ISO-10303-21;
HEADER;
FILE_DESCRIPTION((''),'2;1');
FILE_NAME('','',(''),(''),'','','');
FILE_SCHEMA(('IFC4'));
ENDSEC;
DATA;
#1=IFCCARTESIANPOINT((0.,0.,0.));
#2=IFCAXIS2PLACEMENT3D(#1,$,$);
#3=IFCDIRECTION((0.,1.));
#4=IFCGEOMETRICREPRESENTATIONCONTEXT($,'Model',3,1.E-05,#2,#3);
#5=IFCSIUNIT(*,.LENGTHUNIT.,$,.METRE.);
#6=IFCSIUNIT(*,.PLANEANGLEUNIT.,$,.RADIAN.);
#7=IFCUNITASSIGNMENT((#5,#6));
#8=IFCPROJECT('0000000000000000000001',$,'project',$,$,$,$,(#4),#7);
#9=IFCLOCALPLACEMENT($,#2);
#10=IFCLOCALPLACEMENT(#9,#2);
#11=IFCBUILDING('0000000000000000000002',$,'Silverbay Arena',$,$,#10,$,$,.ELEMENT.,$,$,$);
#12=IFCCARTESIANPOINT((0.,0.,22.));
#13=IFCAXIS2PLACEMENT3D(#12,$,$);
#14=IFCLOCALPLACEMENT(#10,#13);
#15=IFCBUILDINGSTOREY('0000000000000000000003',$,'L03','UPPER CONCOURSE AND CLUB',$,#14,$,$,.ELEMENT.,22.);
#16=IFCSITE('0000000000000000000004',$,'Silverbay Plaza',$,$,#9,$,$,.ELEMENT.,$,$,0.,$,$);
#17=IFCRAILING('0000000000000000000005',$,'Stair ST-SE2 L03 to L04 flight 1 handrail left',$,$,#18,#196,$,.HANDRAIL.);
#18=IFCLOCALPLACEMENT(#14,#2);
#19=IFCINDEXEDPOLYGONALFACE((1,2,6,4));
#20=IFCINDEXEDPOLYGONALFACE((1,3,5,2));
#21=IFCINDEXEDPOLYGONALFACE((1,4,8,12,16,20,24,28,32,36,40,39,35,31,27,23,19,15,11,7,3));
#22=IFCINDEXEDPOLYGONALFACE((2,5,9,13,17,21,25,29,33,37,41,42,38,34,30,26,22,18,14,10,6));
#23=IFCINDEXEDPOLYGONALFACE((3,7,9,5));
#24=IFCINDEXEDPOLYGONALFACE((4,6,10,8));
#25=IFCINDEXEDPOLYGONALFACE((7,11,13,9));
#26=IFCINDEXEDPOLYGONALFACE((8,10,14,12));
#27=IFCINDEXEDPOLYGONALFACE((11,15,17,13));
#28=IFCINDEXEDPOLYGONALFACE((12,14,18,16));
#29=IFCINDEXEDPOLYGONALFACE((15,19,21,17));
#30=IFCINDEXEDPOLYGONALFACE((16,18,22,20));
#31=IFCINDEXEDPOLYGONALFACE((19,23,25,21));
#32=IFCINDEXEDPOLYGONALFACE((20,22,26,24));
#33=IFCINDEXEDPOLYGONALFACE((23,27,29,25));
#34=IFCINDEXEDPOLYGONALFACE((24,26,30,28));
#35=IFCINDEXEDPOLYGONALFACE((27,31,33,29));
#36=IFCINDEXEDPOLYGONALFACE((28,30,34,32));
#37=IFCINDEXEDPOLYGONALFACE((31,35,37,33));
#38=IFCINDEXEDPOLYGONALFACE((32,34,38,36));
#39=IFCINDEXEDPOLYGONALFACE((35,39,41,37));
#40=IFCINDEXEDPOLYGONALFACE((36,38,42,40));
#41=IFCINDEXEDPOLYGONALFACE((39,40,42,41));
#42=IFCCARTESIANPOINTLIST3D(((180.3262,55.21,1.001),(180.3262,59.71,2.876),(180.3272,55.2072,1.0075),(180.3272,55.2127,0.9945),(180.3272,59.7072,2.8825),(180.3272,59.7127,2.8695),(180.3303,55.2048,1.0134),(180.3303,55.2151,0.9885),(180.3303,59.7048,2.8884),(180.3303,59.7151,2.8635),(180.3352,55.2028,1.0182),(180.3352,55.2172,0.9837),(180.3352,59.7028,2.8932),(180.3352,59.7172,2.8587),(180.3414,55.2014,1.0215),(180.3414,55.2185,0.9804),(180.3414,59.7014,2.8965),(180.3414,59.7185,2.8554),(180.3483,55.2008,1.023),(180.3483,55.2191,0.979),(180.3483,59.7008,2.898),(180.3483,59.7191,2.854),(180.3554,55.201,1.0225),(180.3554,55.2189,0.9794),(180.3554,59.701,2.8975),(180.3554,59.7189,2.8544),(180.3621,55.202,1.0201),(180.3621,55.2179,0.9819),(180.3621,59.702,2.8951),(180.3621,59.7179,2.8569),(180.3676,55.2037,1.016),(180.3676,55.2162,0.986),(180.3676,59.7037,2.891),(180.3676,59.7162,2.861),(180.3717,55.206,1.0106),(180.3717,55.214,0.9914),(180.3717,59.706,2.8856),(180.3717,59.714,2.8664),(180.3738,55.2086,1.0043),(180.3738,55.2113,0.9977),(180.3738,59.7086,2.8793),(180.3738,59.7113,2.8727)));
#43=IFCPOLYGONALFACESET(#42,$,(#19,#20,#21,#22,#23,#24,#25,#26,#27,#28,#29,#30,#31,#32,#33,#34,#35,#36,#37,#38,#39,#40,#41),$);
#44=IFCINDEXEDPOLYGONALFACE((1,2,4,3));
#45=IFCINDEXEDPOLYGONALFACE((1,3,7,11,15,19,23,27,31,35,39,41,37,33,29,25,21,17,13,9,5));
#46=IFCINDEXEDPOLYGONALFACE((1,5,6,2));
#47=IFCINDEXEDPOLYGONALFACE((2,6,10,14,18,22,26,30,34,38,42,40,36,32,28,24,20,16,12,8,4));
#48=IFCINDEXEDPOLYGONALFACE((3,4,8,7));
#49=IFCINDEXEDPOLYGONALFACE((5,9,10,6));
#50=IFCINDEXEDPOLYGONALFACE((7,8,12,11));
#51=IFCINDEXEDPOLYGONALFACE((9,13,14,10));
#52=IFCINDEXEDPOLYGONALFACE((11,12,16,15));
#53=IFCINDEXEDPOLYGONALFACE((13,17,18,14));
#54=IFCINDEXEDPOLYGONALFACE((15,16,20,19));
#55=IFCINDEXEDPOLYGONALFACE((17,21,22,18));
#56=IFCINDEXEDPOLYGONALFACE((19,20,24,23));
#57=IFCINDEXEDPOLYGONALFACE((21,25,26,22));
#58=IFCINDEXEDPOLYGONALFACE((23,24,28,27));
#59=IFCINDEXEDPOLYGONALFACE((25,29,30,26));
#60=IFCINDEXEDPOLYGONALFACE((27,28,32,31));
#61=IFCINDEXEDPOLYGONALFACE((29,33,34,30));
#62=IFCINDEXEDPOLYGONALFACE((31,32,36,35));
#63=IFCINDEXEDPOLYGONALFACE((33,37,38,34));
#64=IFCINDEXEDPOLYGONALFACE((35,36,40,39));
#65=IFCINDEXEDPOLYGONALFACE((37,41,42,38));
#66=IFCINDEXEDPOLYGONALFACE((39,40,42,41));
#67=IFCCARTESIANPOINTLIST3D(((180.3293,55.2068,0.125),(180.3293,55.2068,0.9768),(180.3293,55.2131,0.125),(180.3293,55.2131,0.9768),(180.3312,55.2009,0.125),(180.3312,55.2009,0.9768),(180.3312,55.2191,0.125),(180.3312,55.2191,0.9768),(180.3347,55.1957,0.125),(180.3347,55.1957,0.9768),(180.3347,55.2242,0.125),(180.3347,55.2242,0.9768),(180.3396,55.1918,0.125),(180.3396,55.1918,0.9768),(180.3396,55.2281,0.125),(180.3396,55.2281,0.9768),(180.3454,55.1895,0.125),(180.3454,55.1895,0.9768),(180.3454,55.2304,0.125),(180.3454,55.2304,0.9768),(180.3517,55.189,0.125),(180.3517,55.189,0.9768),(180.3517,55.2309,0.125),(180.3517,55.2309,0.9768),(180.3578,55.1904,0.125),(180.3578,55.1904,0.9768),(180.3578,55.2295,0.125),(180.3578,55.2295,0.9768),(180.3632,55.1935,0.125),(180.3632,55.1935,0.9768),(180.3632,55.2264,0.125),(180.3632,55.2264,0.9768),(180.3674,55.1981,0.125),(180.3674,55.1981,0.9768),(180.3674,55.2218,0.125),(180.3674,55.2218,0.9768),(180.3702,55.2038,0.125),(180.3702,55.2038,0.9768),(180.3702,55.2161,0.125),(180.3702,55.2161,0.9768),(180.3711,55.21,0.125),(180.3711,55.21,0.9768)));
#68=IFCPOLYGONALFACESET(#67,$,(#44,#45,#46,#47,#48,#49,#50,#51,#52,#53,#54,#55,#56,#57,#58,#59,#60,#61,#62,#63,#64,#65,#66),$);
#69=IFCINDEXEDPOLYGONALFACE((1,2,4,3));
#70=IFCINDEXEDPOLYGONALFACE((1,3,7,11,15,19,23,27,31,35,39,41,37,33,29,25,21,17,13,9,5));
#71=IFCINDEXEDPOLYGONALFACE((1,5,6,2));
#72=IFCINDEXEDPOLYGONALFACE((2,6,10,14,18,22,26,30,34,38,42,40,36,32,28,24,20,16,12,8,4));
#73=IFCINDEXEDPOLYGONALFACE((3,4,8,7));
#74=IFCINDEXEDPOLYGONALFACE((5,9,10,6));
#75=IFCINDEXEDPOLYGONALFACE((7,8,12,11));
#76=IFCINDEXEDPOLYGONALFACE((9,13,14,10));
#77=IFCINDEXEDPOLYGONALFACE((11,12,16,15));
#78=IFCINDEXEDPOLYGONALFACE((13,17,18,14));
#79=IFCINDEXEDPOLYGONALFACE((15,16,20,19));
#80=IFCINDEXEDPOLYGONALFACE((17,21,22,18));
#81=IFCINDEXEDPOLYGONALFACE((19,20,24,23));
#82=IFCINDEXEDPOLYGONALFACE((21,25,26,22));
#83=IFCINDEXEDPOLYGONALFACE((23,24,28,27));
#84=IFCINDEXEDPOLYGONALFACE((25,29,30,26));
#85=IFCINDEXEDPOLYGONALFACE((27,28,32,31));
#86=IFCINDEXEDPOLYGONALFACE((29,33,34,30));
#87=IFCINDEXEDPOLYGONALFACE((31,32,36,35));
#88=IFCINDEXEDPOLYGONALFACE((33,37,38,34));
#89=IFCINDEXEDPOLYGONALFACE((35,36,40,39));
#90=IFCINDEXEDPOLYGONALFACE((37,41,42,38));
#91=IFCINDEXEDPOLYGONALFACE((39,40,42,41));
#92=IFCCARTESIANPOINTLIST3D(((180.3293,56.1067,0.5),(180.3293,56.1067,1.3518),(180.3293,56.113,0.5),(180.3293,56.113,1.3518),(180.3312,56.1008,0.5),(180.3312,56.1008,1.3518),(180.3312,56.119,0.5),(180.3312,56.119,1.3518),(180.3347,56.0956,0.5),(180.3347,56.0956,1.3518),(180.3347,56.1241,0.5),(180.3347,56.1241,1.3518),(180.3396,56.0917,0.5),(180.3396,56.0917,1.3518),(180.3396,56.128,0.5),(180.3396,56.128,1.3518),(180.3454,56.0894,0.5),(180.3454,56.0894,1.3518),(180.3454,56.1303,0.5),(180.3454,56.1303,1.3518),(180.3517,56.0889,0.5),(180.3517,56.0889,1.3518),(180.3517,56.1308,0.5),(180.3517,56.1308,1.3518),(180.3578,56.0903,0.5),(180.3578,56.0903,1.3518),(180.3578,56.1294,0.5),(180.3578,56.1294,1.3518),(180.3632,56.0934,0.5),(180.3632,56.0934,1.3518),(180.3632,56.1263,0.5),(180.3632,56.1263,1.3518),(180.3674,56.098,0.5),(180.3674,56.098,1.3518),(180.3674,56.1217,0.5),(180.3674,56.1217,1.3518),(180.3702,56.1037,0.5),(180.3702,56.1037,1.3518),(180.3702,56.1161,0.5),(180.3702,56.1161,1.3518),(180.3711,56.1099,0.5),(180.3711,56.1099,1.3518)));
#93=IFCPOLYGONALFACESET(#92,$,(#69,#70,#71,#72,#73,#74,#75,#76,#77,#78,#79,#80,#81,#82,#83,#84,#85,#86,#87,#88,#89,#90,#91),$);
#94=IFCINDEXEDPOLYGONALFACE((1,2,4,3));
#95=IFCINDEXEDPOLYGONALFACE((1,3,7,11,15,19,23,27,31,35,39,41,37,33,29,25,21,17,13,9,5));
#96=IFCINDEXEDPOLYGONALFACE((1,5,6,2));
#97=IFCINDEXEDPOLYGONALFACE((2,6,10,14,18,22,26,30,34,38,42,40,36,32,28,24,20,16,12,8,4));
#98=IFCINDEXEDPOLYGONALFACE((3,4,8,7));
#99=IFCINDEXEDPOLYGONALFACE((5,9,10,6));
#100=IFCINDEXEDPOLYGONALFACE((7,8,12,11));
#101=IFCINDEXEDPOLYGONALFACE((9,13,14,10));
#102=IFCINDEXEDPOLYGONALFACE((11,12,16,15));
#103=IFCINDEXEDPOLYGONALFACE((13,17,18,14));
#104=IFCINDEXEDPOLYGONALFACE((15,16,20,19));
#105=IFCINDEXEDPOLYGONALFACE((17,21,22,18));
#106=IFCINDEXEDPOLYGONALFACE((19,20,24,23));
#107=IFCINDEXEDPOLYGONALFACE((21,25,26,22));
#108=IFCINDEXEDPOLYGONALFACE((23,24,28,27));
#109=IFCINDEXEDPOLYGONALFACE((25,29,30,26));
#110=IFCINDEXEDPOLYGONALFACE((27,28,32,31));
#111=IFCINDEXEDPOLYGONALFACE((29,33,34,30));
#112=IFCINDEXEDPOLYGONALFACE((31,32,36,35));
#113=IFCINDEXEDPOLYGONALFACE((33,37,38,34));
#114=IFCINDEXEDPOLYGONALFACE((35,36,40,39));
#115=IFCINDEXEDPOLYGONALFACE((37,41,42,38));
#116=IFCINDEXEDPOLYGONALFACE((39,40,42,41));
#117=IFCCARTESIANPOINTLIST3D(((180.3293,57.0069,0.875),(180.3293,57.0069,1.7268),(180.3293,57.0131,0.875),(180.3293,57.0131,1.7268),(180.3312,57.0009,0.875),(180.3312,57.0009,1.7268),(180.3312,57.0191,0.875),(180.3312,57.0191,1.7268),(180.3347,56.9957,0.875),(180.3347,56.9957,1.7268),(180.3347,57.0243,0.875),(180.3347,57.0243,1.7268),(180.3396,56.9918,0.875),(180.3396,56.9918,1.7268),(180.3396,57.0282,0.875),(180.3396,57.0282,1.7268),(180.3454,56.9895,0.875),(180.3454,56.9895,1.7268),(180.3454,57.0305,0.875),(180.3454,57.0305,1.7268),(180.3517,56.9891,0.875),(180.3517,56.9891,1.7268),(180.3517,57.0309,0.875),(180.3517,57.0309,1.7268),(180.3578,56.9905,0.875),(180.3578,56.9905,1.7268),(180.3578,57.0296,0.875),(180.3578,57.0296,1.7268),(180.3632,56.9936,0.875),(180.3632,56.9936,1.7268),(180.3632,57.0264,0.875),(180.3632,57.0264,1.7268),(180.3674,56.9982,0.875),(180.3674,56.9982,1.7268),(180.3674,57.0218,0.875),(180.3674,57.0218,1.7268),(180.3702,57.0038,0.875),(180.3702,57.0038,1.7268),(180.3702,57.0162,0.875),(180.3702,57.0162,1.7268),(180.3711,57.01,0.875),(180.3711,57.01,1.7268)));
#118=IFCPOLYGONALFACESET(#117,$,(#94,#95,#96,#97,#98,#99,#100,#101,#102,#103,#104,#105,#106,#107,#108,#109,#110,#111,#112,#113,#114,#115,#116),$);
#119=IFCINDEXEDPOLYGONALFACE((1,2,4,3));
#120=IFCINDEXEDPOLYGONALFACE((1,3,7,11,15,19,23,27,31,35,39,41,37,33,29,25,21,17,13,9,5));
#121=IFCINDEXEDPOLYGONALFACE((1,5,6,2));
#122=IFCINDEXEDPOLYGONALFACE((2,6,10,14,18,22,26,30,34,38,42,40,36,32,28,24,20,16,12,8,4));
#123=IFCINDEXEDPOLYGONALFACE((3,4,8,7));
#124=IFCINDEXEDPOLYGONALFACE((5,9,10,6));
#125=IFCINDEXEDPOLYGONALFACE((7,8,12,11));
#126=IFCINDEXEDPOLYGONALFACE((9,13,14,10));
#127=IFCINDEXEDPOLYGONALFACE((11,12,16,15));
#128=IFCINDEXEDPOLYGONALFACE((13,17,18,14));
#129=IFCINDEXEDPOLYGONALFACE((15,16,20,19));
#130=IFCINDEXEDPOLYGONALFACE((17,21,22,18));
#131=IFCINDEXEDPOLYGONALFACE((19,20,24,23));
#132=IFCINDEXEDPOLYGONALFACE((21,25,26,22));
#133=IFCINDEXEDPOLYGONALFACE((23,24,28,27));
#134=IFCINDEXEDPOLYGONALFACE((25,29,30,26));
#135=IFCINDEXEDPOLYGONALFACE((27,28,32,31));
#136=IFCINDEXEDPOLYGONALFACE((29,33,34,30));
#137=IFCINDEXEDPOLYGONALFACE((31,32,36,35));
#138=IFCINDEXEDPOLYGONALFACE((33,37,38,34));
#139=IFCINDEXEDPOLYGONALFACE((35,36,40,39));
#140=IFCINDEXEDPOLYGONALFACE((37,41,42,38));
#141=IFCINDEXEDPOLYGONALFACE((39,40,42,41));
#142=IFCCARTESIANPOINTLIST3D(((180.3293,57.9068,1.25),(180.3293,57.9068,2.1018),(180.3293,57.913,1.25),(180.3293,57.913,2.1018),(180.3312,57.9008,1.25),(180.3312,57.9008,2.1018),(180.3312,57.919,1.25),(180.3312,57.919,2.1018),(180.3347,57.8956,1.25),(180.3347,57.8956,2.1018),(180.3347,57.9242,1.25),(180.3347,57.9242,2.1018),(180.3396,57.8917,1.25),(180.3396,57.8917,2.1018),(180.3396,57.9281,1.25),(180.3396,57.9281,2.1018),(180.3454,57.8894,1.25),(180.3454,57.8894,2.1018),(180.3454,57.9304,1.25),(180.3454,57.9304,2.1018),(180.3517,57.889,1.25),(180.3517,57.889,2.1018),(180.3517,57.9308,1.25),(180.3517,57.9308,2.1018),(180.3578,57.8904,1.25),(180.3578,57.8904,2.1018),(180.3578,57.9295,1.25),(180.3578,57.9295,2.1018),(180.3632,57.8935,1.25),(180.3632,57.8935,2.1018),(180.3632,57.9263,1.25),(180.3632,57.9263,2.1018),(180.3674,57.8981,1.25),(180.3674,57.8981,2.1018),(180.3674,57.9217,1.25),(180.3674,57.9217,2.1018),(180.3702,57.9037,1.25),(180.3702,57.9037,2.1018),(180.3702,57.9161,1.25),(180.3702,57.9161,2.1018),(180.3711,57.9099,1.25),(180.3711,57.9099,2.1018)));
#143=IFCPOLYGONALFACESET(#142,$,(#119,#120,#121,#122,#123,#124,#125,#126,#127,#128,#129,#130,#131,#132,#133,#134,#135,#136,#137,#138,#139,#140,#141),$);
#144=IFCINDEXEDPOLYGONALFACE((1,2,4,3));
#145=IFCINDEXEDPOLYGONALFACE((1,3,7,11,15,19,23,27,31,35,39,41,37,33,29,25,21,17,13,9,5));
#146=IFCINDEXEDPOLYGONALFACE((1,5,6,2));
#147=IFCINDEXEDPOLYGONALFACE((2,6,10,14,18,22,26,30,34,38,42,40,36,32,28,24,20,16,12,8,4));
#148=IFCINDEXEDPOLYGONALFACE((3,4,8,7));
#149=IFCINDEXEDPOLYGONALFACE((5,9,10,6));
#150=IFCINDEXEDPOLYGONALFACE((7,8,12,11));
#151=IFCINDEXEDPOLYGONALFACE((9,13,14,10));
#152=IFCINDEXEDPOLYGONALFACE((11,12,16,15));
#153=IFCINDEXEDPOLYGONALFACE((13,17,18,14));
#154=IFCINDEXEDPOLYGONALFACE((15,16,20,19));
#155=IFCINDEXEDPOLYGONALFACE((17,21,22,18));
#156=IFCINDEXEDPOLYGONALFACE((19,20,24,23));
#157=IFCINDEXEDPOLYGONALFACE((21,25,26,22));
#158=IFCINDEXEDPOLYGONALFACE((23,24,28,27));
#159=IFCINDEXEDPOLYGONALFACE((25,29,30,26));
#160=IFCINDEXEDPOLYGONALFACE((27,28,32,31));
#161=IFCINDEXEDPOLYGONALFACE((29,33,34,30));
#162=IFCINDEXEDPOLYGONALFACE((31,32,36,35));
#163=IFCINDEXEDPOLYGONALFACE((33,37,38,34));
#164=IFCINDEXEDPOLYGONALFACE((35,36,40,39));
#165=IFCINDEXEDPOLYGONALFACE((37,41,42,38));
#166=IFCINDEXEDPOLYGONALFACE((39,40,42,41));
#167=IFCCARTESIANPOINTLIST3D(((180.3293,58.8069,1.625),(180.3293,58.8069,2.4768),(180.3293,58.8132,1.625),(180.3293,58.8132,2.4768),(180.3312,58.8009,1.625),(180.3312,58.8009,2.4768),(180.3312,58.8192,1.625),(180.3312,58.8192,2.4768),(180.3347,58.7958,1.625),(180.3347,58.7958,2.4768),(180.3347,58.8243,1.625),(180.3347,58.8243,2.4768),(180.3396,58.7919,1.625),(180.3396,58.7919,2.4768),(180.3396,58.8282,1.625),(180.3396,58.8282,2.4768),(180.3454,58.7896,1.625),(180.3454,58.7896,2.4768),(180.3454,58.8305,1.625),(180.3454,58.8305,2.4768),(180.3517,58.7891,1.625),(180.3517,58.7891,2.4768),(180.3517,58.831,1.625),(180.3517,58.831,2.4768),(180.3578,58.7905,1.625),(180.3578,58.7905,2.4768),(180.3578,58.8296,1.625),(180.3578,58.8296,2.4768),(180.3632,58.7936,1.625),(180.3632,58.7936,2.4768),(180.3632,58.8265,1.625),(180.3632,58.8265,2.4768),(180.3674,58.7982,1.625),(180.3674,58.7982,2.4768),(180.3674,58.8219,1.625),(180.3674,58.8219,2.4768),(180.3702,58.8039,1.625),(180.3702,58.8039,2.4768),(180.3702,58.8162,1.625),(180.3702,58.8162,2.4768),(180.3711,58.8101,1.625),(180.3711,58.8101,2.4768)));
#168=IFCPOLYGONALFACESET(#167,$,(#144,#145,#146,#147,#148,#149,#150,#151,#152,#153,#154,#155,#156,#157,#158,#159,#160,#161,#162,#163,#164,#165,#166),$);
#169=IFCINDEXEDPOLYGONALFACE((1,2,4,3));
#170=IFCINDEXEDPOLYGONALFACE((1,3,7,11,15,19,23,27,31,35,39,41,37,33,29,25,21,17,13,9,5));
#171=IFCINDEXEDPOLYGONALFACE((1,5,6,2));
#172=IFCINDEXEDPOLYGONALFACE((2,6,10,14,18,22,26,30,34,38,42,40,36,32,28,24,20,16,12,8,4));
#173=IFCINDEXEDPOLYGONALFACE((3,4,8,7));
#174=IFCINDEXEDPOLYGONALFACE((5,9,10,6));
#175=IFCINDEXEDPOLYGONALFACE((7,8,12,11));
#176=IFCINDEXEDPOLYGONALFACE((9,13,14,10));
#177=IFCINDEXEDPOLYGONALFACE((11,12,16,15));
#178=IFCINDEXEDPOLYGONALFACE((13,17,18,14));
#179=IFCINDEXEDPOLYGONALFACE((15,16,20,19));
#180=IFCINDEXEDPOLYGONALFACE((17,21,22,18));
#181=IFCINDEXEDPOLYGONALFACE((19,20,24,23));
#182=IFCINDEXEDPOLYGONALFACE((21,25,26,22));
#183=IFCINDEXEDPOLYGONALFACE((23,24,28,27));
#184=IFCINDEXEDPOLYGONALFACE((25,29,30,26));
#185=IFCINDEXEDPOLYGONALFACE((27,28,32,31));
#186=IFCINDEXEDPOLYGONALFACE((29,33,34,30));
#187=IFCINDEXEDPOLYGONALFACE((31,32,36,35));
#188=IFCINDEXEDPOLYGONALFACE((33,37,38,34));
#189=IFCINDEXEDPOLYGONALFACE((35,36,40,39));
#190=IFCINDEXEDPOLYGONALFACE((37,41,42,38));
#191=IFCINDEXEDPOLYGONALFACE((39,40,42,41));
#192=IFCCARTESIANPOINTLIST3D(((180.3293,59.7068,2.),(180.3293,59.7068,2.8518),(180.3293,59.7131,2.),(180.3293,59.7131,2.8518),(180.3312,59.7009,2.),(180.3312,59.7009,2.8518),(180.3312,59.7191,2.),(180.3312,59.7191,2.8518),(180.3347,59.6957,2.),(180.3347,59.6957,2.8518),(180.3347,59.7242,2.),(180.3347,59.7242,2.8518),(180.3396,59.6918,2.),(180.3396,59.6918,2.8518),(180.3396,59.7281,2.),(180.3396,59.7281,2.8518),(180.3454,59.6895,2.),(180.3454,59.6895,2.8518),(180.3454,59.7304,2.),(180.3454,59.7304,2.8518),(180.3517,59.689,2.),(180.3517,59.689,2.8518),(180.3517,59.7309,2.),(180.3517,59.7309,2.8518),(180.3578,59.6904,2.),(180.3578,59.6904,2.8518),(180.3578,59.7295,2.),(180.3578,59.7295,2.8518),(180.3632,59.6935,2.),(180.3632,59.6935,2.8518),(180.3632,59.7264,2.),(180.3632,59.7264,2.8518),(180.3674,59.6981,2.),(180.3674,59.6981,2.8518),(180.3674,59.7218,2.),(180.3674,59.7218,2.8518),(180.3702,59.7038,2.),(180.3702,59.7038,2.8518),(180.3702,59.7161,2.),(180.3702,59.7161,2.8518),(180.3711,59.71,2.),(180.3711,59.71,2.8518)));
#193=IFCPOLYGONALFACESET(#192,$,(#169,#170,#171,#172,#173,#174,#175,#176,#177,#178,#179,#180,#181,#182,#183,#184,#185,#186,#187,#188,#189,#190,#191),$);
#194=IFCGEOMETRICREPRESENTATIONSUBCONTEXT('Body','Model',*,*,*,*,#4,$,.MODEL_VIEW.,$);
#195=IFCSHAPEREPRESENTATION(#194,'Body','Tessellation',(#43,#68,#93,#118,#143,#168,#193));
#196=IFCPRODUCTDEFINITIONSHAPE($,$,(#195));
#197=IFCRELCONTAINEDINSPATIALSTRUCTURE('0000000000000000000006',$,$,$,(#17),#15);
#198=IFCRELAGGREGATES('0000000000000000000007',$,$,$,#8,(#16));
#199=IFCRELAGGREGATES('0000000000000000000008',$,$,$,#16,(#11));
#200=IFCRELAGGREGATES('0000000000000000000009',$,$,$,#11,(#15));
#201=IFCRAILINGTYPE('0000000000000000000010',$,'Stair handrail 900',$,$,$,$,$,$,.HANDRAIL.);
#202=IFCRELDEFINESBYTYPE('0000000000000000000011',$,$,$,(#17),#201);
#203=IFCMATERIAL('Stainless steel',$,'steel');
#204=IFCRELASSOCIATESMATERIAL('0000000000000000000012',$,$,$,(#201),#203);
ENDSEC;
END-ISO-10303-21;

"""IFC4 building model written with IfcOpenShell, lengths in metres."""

from ifc_helpers import new_model, si_unit, direction, frame, origin, origin_2d, place, context, subcontext, project, spatial, circle, extrude, material, type_object, element, save


model = new_model("IFC4")

# Units and contexts
model_context = context("Model", 3, precision=1e-05, world=origin(), true_north=direction((0.0, 1.0)))
body_context = subcontext(model_context, "Body", "Model", "MODEL_VIEW")
ifc_project = project(units=[si_unit("LENGTHUNIT", "METRE"), si_unit("PLANEANGLEUNIT", "RADIAN")], contexts=[model_context])

# Site, building, storey
site_placement = place(None, origin())
site = spatial("IfcSite", under=ifc_project, at=site_placement, Name="Silverbay Plaza", CompositionType="ELEMENT", RefElevation=0.0)
building_placement = place(site_placement, origin())
building = spatial("IfcBuilding", under=site, at=building_placement, Name="Silverbay Arena", CompositionType="ELEMENT")
storey_placement = place(building_placement, frame((0.0, 0.0, 22.0)))
storey = spatial("IfcBuildingStorey", under=building, at=storey_placement, Name="L03", Description="UPPER CONCOURSE AND CLUB", CompositionType="ELEMENT", Elevation=22.0)

# Railing
ifc_material_1 = material(Name="Stainless steel", Category="steel")
railing_type_1 = type_object("IfcRailingType", Name="Stair handrail 900", PredefinedType="HANDRAIL", material=ifc_material_1)
for number, where, name in (
    (1, (180.3501, 55.21, 0.125), "Stair ST-SE2 L03 to L04 flight 1 handrail left"),
):
    element("IfcRailing", number, at=place(storey_placement, frame(where)), inside=storey, type_object=railing_type_1, Name=name, PredefinedType="HANDRAIL", context=body_context, shape_type="SweptSolid", body=[
        extrude(circle(Radius=0.0239, at=origin_2d()), frame((0.0, 0.0, 0.876), z_axis=(0.0, 0.923077, 0.384615), x_axis=(-1.0, 0.0, 0.0)), (0.0, 0.0, 1.0), 4.875),
        extrude(circle(Radius=0.021, at=origin_2d()), origin(), (0.0, 0.0, 1.0), 0.8518),
        extrude(circle(Radius=0.021, at=origin_2d()), frame((0.0, 0.8999, 0.375)), (0.0, 0.0, 1.0), 0.8518),
        extrude(circle(Radius=0.021, at=origin_2d()), frame((0.0, 1.8, 0.75)), (0.0, 0.0, 1.0), 0.8518),
        extrude(circle(Radius=0.021, at=origin_2d()), frame((0.0, 2.7, 1.125)), (0.0, 0.0, 1.0), 0.8518),
        extrude(circle(Radius=0.021, at=origin_2d()), frame((0.0, 3.6001, 1.5)), (0.0, 0.0, 1.0), 0.8518),
        extrude(circle(Radius=0.021, at=origin_2d()), frame((0.0, 4.5, 1.875)), (0.0, 0.0, 1.0), 0.8518),
    ])

save(model, "model.ifc")
